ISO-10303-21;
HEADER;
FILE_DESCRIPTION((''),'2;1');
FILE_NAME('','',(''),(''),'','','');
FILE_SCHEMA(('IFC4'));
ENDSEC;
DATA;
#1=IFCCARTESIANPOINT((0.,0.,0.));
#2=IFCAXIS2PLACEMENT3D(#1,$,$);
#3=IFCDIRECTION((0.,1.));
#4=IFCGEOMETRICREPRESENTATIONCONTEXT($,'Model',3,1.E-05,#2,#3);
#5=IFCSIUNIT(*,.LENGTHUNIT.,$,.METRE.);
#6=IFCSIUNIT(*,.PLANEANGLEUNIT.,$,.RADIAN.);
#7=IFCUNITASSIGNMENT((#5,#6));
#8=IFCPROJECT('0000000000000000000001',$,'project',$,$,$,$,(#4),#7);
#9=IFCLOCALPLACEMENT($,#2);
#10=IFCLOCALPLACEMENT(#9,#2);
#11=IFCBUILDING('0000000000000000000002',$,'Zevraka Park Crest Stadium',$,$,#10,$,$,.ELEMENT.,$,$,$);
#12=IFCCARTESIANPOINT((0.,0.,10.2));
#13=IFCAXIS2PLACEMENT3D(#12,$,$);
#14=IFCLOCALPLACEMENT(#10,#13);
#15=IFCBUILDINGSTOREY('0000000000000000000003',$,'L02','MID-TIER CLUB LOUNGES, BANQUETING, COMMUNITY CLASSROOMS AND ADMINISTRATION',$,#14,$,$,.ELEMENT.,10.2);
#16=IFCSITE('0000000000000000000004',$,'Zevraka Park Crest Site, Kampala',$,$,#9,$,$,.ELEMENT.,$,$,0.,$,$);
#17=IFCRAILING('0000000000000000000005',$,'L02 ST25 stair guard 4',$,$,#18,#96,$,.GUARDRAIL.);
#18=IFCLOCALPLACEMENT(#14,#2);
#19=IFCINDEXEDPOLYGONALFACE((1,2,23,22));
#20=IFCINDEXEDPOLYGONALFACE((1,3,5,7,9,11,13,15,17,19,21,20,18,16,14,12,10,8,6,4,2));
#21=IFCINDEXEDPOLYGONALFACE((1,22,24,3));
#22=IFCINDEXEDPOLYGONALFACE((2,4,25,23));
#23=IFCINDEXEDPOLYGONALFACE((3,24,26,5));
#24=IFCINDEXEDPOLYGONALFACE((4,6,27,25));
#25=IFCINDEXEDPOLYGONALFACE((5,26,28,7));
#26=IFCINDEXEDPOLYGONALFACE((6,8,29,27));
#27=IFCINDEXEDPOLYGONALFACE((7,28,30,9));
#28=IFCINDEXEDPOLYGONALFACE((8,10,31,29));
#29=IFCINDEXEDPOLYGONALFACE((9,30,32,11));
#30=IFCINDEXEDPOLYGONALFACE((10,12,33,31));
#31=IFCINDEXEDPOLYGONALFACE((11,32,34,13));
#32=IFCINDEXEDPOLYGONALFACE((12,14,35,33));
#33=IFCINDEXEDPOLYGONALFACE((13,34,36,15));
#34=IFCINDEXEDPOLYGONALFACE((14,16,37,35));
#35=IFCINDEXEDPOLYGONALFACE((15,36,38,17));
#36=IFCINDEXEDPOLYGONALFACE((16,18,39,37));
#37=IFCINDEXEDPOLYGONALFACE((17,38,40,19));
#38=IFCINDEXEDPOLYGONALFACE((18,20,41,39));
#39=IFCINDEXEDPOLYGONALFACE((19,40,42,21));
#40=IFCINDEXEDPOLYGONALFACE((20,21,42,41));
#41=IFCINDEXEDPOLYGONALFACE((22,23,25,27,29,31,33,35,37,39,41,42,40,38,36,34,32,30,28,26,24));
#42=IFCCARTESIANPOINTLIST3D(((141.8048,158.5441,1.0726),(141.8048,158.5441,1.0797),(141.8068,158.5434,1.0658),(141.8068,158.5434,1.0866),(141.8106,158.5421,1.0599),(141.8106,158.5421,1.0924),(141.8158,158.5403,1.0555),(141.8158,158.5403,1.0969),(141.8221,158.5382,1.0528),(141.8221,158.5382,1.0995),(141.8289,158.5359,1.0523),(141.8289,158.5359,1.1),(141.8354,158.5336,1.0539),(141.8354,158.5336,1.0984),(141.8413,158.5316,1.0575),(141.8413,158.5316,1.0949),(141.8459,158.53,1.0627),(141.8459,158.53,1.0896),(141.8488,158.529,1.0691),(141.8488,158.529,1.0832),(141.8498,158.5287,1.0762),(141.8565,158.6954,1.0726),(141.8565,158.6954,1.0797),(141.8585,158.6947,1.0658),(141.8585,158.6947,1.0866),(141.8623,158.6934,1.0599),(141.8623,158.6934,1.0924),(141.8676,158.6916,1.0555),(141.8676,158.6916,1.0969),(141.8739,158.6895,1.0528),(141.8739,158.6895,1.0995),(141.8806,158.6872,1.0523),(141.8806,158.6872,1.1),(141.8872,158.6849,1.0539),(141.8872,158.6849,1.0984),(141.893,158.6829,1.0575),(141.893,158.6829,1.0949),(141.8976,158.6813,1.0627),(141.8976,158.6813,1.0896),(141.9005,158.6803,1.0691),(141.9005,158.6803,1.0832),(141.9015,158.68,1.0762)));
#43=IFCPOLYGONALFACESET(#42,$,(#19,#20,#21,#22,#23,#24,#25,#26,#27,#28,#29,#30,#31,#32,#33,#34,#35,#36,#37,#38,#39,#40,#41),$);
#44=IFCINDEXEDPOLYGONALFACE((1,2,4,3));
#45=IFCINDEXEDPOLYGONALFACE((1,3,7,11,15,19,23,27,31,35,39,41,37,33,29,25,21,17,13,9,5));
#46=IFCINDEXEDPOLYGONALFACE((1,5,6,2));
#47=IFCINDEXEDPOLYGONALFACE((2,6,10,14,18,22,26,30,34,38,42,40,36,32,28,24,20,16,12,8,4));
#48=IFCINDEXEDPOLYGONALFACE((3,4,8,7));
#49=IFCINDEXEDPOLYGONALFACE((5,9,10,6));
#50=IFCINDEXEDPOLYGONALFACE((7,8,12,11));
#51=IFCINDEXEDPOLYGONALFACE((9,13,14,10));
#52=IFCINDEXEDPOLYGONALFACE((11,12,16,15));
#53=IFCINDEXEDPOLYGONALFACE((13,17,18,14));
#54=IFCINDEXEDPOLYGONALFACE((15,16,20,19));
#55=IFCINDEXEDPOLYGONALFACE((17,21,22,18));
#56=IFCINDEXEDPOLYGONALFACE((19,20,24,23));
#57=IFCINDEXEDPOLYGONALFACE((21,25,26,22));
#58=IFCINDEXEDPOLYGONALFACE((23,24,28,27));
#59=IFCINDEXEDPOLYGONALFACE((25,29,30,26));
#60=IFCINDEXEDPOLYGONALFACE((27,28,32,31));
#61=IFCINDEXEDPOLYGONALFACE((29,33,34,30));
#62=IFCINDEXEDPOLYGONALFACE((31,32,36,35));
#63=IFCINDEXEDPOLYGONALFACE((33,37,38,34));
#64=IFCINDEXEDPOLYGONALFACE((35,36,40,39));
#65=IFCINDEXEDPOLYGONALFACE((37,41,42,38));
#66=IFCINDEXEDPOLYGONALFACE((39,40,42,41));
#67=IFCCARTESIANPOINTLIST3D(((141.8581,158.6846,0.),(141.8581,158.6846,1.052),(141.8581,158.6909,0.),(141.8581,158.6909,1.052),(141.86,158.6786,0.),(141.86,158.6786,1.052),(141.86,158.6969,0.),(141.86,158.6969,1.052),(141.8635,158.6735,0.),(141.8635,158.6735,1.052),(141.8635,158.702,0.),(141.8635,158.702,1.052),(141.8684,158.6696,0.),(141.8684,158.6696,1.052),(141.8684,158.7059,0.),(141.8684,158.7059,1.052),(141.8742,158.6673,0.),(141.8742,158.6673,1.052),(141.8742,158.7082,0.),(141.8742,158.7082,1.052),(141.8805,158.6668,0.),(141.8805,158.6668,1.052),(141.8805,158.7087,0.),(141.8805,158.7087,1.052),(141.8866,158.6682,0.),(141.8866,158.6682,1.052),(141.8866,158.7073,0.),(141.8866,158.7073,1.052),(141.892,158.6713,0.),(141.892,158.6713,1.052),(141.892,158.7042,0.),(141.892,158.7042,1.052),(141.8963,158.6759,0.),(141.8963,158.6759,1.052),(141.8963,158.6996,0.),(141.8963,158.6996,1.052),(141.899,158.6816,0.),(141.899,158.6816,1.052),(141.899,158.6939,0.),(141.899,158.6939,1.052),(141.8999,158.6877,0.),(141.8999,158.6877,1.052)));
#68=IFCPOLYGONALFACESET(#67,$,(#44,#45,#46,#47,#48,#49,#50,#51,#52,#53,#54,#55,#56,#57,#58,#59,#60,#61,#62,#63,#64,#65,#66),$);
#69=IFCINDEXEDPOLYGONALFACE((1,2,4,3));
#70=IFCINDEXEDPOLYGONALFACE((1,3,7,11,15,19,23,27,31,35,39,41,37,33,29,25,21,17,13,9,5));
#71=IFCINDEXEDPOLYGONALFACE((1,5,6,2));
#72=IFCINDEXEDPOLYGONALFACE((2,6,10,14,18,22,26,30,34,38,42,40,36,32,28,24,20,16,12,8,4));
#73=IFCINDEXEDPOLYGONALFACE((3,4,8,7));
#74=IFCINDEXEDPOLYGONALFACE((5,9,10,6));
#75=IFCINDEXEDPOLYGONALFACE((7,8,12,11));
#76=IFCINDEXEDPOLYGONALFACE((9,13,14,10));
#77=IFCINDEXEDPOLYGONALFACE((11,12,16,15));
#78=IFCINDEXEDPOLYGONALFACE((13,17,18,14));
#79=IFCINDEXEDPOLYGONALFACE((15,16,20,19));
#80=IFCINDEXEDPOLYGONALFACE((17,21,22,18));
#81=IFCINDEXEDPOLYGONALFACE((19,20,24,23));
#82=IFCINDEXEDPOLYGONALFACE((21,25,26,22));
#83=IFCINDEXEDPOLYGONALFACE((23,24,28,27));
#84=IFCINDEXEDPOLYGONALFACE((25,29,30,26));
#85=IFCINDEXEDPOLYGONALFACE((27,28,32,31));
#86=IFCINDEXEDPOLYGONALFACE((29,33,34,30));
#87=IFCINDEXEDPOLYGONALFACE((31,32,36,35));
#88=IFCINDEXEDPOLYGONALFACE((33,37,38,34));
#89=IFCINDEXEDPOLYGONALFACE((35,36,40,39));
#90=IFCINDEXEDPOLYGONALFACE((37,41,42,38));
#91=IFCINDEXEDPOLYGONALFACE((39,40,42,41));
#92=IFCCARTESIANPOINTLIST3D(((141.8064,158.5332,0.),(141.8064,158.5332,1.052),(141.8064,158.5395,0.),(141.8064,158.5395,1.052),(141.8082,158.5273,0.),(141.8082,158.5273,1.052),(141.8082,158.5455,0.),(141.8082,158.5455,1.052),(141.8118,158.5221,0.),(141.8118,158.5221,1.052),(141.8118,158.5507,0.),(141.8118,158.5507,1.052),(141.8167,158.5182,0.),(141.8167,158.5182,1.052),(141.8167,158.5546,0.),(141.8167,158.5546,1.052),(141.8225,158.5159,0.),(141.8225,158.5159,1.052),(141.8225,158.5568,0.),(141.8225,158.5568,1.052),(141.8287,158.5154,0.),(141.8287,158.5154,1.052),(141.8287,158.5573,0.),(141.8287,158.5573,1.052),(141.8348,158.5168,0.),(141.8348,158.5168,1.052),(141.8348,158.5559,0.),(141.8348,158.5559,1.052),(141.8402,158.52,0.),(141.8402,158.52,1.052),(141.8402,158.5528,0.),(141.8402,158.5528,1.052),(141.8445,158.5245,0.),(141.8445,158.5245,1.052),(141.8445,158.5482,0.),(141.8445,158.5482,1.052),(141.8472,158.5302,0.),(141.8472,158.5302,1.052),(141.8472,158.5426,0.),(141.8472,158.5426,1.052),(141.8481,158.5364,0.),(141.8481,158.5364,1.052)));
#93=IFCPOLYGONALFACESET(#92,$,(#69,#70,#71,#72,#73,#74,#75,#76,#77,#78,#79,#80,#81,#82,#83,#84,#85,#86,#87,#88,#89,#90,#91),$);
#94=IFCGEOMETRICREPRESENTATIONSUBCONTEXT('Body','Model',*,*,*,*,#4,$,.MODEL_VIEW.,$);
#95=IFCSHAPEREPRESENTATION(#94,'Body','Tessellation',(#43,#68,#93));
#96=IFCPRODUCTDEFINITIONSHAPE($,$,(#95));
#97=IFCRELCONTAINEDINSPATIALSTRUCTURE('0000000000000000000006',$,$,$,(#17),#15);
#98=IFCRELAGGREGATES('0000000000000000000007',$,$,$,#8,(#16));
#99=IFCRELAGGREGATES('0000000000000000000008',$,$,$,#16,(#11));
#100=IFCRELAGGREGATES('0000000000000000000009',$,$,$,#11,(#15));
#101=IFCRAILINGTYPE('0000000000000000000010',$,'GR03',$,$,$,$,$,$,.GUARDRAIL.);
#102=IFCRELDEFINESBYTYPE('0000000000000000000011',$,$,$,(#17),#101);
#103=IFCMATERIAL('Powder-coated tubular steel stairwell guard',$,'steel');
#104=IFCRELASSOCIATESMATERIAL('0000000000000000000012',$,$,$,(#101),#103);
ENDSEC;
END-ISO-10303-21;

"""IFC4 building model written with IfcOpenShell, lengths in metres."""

from ifc_helpers import new_model, si_unit, direction, frame, origin, origin_2d, place, context, subcontext, project, spatial, circle, extrude, material, type_object, element, save


model = new_model("IFC4")

# Units and contexts
model_context = context("Model", 3, precision=1e-05, world=origin(), true_north=direction((0.0, 1.0)))
body_context = subcontext(model_context, "Body", "Model", "MODEL_VIEW")
ifc_project = project(units=[si_unit("LENGTHUNIT", "METRE"), si_unit("PLANEANGLEUNIT", "RADIAN")], contexts=[model_context])

# Site, building, storey
site_placement = place(None, origin())
site = spatial("IfcSite", under=ifc_project, at=site_placement, Name="Zevraka Park Crest Site, Kampala", CompositionType="ELEMENT", RefElevation=0.0)
building_placement = place(site_placement, origin())
building = spatial("IfcBuilding", under=site, at=building_placement, Name="Zevraka Park Crest Stadium", CompositionType="ELEMENT")
storey_placement = place(building_placement, frame((0.0, 0.0, 10.2)))
storey = spatial("IfcBuildingStorey", under=building, at=storey_placement, Name="L02", Description="MID-TIER CLUB LOUNGES, BANQUETING, COMMUNITY CLASSROOMS AND ADMINISTRATION", CompositionType="ELEMENT", Elevation=10.2)

# Railing
ifc_material_1 = material(Name="Powder-coated tubular steel stairwell guard", Category="steel")
railing_type_1 = type_object("IfcRailingType", Name="GR03", PredefinedType="GUARDRAIL", material=ifc_material_1)
railing_1_placement = place(storey_placement, frame((141.8789, 158.6877, 0.0)))
element("IfcRailing", 1, at=railing_1_placement, inside=storey, type_object=railing_type_1, Name="L02 ST25 stair guard 4", PredefinedType="GUARDRAIL", context=body_context, shape_type="SweptSolid", body=[
    extrude(circle(Radius=0.0239, at=origin_2d()), frame((0.0, 0.0, 1.0762), z_axis=(-0.323544, -0.946213, 0.0), x_axis=(0.946213, -0.323544, 0.0)), (0.0, 0.0, 1.0), 0.1599),
    extrude(circle(Radius=0.021, at=origin_2d()), origin(), (0.0, 0.0, 1.0), 1.052),
    extrude(circle(Radius=0.021, at=origin_2d()), frame((-0.0518, -0.1514, 0.0)), (0.0, 0.0, 1.0), 1.052),
])

save(model, "model.ifc")
